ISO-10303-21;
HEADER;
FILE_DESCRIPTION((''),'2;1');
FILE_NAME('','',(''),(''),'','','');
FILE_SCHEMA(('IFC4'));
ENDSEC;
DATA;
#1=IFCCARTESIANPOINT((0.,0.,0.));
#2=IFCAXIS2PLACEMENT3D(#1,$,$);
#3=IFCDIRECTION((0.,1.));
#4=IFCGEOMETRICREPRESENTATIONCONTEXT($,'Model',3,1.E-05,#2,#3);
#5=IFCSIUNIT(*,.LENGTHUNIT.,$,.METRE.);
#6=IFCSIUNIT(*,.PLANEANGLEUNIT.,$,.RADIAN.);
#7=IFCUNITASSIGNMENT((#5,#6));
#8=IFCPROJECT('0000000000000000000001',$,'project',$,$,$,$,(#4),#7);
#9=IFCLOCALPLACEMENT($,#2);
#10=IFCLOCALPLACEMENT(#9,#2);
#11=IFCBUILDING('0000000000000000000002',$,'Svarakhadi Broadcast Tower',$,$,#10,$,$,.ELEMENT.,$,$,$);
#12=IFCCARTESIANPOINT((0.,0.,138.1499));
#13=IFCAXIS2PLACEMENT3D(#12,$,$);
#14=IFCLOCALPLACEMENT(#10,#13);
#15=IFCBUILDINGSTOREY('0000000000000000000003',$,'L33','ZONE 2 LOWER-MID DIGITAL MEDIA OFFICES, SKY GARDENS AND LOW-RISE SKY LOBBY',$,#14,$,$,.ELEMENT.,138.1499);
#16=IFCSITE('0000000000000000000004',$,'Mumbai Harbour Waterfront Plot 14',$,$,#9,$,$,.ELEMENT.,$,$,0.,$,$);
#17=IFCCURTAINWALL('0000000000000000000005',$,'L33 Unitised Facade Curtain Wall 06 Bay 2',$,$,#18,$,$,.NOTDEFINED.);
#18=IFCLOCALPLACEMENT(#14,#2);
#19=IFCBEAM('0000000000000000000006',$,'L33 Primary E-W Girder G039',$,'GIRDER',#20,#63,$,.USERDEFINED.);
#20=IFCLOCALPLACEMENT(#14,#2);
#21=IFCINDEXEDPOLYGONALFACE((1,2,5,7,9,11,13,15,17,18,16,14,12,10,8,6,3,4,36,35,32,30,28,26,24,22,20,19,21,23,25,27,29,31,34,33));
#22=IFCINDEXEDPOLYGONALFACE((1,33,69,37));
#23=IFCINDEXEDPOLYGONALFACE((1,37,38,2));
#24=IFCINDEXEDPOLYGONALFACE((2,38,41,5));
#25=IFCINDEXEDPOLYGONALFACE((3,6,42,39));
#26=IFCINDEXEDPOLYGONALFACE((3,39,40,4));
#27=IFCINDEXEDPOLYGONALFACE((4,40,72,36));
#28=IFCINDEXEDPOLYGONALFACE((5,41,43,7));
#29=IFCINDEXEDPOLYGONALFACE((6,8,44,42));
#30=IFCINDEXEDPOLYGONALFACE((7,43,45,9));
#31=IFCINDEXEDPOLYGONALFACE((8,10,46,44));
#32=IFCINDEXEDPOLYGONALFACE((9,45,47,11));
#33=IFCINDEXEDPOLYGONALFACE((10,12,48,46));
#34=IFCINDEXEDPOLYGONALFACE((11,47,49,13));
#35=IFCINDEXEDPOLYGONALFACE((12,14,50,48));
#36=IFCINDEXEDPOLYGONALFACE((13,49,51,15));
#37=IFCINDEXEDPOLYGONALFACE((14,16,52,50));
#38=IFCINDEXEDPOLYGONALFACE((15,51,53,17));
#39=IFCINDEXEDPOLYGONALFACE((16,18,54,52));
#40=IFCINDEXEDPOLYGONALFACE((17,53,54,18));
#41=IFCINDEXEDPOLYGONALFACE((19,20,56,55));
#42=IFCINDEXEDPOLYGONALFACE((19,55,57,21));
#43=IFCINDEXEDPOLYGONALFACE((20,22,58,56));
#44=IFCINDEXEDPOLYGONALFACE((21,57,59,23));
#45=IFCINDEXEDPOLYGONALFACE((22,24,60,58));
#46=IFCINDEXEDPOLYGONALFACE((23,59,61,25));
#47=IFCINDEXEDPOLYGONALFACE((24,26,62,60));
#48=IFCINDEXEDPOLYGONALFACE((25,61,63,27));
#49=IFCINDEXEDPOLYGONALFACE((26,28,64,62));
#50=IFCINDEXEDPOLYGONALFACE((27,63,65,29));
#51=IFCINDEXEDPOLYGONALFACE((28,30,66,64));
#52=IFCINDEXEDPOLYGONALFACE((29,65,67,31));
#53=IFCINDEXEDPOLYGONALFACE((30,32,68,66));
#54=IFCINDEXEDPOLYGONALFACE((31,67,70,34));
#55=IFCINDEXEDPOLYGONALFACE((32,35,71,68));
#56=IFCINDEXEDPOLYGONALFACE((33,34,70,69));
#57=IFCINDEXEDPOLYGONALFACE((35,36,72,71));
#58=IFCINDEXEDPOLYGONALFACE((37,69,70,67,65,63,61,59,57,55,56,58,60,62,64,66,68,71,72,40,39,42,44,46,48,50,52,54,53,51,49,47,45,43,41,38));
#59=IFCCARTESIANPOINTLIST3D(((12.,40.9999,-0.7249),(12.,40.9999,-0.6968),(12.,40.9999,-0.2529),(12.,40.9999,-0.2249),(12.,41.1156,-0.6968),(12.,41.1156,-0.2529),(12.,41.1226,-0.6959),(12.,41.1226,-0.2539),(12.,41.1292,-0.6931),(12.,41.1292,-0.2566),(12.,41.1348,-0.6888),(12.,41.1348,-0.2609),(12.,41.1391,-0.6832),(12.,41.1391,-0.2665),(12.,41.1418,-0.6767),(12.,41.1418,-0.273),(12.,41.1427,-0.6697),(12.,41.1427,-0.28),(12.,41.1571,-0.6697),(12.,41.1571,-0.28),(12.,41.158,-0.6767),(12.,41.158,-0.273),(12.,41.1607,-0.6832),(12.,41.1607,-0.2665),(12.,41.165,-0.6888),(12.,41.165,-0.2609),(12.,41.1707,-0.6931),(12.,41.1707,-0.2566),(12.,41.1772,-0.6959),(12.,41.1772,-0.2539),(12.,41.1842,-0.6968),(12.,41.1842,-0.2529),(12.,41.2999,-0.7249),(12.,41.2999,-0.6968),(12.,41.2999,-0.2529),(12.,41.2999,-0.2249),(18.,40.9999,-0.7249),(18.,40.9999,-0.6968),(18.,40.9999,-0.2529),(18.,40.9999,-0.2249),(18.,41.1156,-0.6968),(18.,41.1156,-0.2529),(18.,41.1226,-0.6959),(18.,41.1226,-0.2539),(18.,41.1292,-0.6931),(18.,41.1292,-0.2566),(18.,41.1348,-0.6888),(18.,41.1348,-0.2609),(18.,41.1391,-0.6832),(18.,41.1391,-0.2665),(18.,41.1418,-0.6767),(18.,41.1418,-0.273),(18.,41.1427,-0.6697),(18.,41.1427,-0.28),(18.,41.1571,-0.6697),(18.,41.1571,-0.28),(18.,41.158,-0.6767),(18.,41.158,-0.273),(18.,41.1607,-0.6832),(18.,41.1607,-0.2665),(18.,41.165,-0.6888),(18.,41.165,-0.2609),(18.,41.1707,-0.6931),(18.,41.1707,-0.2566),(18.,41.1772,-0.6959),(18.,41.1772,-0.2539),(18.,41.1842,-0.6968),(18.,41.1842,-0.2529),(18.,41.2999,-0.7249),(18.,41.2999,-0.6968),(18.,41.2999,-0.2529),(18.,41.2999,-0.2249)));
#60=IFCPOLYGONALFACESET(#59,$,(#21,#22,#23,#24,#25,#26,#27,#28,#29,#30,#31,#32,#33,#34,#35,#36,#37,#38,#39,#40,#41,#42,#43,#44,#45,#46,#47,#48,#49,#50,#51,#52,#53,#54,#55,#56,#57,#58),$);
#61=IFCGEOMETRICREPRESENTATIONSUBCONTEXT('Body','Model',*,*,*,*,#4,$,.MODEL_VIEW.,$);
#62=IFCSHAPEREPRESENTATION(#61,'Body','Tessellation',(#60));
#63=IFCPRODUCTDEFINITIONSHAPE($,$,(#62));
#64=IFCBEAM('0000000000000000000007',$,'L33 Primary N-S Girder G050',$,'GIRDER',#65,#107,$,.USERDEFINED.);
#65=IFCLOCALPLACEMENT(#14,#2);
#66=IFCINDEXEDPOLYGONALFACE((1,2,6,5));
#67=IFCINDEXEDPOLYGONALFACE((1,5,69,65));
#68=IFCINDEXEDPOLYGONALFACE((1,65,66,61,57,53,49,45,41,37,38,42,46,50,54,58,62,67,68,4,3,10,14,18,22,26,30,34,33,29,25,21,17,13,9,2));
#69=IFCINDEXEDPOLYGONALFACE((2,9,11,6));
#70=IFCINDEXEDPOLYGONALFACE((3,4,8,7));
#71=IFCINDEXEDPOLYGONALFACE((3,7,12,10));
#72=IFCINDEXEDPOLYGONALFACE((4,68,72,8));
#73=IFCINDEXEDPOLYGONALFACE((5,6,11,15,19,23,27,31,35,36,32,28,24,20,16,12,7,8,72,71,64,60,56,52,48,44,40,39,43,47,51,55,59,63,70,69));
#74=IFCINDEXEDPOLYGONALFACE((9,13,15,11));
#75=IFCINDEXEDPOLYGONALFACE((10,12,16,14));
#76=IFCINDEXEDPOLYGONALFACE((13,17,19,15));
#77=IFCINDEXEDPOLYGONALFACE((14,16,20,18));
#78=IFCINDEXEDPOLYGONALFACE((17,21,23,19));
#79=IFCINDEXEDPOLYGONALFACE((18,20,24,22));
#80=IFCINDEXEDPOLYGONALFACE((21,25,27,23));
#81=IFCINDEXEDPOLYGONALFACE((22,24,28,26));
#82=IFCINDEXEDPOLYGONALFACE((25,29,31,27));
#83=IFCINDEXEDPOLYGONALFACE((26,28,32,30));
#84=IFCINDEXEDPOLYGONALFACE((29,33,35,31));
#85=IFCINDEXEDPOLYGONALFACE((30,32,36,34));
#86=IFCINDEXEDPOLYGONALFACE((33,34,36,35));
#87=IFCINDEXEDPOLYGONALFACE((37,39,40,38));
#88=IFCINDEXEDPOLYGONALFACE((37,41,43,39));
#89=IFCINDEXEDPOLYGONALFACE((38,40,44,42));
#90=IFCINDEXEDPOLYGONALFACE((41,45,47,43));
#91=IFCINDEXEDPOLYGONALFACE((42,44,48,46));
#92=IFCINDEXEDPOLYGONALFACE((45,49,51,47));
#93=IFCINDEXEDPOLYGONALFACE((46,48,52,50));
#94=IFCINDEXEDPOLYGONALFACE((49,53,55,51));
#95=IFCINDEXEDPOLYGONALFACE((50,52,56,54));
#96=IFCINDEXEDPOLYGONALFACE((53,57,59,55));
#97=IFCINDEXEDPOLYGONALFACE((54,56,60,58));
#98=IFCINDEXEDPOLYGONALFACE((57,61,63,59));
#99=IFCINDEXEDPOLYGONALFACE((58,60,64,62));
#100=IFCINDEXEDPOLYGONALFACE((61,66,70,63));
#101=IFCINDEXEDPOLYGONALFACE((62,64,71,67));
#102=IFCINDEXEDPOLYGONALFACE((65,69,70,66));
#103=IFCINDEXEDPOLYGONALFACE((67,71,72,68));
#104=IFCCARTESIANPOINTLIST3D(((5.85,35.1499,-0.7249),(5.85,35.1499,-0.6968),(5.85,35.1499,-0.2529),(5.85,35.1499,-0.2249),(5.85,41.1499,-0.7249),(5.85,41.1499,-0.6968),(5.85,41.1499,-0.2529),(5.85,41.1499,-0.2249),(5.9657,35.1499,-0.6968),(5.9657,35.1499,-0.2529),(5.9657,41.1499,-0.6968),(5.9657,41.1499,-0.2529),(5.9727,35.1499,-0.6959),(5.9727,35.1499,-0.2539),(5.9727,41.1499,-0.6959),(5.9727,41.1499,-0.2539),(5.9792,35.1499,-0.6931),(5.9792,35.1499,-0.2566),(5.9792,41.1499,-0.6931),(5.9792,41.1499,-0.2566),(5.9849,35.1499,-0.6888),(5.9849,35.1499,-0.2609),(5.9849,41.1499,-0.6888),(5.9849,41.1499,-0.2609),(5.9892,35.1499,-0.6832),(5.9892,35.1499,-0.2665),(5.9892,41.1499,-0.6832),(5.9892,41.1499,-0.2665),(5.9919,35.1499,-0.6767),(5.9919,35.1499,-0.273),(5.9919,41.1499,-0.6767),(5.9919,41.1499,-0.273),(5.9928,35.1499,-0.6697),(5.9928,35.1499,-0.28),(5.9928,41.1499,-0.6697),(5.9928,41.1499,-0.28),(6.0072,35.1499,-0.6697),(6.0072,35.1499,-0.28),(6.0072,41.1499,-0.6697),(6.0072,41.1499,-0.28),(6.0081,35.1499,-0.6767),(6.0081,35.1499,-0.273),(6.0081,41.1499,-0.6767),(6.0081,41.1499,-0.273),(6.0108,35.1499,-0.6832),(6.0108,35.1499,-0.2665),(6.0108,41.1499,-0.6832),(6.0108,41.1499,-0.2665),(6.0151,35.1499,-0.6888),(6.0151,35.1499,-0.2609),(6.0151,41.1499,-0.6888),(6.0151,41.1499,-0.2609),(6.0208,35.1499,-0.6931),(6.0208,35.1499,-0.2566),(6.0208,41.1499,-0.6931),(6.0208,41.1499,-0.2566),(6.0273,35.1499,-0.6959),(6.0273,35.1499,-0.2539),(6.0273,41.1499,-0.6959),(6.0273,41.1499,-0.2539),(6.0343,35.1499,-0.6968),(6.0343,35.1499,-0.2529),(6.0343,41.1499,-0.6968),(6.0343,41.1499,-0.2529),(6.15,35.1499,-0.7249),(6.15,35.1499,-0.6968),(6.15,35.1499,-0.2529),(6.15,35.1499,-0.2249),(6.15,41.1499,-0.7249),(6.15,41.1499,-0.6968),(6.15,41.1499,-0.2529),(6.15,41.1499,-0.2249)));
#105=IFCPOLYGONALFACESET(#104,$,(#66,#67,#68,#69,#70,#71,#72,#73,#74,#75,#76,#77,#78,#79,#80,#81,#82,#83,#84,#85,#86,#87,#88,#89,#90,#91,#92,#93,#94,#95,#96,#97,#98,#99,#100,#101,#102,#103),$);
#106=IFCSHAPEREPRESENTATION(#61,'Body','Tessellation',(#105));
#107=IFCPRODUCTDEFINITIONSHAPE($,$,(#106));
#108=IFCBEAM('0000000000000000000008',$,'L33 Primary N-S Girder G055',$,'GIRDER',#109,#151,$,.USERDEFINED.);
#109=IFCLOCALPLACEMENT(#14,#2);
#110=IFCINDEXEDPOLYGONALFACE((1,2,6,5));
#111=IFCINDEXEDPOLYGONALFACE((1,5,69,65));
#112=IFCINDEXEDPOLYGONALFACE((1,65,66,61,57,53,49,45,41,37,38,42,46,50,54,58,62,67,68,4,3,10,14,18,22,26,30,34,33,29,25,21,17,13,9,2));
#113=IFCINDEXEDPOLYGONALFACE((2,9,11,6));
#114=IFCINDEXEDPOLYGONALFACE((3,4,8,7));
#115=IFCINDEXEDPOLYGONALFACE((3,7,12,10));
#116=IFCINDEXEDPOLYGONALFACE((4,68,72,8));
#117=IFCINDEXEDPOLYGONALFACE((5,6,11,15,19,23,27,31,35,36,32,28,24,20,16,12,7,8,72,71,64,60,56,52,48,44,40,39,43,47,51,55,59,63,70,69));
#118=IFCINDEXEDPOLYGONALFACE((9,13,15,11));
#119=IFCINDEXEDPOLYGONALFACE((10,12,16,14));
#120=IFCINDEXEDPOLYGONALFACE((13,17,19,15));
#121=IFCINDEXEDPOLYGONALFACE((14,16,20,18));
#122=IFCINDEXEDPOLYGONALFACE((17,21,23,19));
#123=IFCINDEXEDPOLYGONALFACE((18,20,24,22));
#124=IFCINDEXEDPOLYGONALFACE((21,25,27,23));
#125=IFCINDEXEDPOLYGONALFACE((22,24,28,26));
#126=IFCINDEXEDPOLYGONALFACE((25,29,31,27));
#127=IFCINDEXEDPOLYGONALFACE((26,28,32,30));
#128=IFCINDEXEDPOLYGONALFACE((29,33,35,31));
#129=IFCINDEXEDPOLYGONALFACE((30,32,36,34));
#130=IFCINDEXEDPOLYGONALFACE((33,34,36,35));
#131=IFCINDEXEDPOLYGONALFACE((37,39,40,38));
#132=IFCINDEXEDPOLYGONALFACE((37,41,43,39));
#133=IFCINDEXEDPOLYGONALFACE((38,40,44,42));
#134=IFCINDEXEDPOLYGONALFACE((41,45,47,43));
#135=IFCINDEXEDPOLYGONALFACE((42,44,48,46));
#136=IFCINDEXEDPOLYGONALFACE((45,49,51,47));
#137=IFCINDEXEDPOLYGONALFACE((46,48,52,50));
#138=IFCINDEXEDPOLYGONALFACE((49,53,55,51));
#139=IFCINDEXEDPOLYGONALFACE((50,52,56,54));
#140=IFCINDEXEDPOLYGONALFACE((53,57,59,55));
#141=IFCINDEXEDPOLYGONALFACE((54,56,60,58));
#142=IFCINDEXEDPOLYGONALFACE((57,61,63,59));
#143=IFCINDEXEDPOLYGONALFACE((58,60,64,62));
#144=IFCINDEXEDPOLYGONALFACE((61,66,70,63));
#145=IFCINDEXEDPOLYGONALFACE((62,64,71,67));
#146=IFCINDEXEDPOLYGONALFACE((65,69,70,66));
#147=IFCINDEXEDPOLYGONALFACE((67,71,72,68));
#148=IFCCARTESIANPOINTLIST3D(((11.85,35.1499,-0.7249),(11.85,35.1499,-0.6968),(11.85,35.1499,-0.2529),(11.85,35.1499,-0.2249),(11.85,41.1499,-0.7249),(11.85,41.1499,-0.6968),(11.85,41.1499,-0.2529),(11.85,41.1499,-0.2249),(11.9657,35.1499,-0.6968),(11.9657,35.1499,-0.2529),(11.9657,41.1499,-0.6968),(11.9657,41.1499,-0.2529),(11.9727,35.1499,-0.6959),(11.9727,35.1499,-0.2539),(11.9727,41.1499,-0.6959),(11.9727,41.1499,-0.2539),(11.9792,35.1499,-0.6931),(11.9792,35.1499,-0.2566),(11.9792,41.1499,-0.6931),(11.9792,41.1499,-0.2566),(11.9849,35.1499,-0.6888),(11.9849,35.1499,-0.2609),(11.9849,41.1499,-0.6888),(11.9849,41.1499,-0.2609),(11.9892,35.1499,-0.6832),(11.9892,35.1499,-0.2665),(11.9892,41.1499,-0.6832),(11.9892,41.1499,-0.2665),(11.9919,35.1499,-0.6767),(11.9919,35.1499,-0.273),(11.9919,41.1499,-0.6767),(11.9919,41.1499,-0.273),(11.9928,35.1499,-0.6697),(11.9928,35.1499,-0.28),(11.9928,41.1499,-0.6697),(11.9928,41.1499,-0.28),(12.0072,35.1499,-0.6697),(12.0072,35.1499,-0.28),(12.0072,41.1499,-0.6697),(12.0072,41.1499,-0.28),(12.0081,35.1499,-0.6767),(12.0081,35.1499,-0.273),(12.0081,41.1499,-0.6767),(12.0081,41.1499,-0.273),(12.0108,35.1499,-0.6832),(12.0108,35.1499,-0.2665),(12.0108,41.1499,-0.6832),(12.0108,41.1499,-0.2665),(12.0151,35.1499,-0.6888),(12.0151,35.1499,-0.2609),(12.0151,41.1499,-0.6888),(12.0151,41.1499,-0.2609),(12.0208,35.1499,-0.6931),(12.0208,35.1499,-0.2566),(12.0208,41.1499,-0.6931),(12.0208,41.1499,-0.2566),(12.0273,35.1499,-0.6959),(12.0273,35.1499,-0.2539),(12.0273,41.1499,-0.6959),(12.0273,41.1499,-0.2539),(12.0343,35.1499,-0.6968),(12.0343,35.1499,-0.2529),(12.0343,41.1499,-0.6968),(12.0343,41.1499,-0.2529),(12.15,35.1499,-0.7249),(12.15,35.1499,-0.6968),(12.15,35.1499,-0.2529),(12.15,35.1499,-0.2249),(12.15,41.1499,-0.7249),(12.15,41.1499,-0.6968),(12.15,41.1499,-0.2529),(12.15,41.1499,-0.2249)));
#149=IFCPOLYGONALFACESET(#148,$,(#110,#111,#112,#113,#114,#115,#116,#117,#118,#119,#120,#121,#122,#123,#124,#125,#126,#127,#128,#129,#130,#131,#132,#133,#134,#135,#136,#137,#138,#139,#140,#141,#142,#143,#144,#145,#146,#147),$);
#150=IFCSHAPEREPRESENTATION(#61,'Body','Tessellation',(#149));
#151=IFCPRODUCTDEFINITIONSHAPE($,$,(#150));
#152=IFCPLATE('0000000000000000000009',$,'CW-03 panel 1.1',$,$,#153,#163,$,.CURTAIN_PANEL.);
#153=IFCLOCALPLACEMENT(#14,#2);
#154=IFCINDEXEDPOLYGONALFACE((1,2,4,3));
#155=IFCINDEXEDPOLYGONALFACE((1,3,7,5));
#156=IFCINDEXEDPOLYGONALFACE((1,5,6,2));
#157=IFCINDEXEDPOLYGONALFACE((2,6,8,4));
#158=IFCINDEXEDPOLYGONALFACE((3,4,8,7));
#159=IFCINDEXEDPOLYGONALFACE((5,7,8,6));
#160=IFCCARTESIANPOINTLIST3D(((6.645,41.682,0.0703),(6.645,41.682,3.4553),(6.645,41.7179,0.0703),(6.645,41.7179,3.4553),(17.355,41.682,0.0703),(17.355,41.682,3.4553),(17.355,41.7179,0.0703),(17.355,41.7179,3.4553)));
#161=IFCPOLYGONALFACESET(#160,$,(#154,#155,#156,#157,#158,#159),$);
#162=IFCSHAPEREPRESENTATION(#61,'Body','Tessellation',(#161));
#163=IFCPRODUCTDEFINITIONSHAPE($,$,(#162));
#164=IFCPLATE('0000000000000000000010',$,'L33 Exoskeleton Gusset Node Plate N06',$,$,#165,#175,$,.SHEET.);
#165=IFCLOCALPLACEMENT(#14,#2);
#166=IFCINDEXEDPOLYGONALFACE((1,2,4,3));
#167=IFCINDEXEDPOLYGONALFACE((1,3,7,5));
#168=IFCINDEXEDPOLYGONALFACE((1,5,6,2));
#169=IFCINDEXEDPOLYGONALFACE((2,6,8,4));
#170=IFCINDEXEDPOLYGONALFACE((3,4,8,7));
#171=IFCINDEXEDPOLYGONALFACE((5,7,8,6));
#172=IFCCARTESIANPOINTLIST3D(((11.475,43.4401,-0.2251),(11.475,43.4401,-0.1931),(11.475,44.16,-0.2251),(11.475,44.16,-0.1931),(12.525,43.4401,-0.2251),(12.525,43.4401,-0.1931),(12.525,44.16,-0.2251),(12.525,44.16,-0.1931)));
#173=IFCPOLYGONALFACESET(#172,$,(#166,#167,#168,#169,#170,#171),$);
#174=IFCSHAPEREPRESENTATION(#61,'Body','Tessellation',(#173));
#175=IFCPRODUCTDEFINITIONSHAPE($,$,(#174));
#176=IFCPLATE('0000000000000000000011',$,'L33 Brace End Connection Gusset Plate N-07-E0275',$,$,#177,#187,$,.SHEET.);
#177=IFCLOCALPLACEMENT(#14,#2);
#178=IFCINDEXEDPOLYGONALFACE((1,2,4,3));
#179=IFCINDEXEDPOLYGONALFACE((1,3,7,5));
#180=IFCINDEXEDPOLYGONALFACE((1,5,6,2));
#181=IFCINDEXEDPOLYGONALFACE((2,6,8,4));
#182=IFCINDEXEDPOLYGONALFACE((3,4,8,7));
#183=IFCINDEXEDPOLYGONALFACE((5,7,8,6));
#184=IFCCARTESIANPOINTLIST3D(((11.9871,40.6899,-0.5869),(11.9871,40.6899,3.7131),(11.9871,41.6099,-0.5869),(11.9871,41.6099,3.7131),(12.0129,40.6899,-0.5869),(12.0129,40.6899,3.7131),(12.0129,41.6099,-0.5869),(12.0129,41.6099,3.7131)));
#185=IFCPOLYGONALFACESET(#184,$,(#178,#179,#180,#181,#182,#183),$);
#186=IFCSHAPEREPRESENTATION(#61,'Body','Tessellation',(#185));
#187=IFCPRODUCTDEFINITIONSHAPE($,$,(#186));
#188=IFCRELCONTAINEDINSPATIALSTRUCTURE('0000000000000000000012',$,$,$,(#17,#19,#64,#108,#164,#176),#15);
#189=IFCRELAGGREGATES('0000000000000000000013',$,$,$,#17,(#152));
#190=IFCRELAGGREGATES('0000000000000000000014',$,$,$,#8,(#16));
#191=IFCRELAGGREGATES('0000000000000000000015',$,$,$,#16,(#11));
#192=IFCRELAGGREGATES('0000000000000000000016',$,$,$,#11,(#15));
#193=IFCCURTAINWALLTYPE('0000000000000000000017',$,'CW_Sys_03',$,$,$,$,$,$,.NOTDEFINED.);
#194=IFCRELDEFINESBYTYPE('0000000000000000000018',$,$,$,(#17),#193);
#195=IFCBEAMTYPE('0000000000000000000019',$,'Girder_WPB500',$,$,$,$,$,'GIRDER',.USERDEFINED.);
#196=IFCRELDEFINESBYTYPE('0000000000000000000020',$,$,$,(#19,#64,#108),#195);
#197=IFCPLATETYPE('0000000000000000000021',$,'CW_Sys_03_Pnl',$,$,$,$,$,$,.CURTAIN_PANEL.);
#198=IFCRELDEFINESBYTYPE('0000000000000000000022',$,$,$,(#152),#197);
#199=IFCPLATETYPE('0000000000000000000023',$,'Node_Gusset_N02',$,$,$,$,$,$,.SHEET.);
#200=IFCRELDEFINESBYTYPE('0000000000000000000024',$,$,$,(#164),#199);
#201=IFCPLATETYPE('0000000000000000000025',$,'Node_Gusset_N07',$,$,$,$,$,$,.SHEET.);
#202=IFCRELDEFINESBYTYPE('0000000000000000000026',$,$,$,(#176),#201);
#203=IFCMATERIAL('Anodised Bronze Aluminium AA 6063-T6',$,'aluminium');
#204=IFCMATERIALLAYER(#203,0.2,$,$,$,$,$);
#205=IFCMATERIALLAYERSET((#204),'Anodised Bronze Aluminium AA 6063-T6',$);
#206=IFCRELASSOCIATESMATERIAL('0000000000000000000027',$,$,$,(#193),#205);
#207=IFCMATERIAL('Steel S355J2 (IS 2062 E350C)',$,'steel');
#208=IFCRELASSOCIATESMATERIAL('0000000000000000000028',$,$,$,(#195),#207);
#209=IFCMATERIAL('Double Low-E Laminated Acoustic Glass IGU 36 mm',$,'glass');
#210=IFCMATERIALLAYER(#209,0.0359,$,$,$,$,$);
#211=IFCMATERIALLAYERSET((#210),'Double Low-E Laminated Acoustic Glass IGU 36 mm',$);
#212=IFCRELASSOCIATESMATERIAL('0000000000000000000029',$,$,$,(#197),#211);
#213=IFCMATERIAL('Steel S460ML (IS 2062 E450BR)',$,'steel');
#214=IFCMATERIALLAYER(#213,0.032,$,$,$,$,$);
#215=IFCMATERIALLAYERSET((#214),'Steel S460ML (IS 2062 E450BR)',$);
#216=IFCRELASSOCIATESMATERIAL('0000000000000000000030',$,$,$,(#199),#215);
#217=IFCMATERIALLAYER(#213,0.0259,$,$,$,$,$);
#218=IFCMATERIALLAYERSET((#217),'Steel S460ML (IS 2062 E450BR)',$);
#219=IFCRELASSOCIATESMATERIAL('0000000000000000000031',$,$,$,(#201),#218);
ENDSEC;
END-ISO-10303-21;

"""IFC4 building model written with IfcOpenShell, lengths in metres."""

from ifc_helpers import new_model, si_unit, direction, frame, origin, origin_2d, place, context, subcontext, project, spatial, rectangle, i_section, extrude, material, layer, layer_set, material_profile, profile_set, type_object, element, aggregate, save


model = new_model("IFC4")

# Units and contexts
model_context = context("Model", 3, precision=1e-05, world=origin(), true_north=direction((0.0, 1.0)))
body_context = subcontext(model_context, "Body", "Model", "MODEL_VIEW")
ifc_project = project(units=[si_unit("LENGTHUNIT", "METRE"), si_unit("PLANEANGLEUNIT", "RADIAN")], contexts=[model_context])

# Site, building, storey
site_placement = place(None, origin())
site = spatial("IfcSite", under=ifc_project, at=site_placement, Name="Mumbai Harbour Waterfront Plot 14", CompositionType="ELEMENT", RefElevation=0.0)
building_placement = place(site_placement, origin())
building = spatial("IfcBuilding", under=site, at=building_placement, Name="Svarakhadi Broadcast Tower", CompositionType="ELEMENT")
storey_placement = place(building_placement, frame((0.0, 0.0, 138.1499)))
storey = spatial("IfcBuildingStorey", under=building, at=storey_placement, Name="L33", Description="ZONE 2 LOWER-MID DIGITAL MEDIA OFFICES, SKY GARDENS AND LOW-RISE SKY LOBBY", CompositionType="ELEMENT", Elevation=138.1499)

# Shared definitions
ifc_material_1 = material(Name="Steel S460ML (IS 2062 E450BR)", Category="steel")

# Shared definitions
ifc_material_2 = material(Name="Steel S355J2 (IS 2062 E350C)", Category="steel")

# Curtain wall
ifc_material_3 = material(Name="Anodised Bronze Aluminium AA 6063-T6", Category="aluminium")
ifc_layer_1 = layer(ifc_material_3, 0.2)
ifc_layer_set_1 = layer_set([ifc_layer_1], Name="Anodised Bronze Aluminium AA 6063-T6")
curtain_wall_type = type_object("IfcCurtainWallType", Name="CW_Sys_03", PredefinedType="NOTDEFINED", material=ifc_layer_set_1)
curtain_wall_placement = place(storey_placement, origin())
curtain_wall = element("IfcCurtainWall", 1, at=curtain_wall_placement, inside=storey, type_object=curtain_wall_type, Name="L33 Unitised Facade Curtain Wall 06 Bay 2", PredefinedType="NOTDEFINED")

# Beams
ifc_material_profile_1 = material_profile(ifc_material_2, i_section(OverallWidth=0.3, OverallDepth=0.5, WebThickness=0.0144, FlangeThickness=0.0281, FilletRadius=0.0271, at=origin_2d()), Name="WPB 500x300x187")
ifc_profile_set_1 = profile_set([ifc_material_profile_1], Name="Steel S355J2 (IS 2062 E350C)")
beam_type_1 = type_object("IfcBeamType", Name="Girder_WPB500", ElementType="GIRDER", PredefinedType="USERDEFINED", material=ifc_profile_set_1)
for number, where, z_axis, x_axis, name in (
    (2, (12.0, 41.1499, -0.4749), (1.0, 0.0, 0.0), (0.0, 1.0, 0.0), "L33 Primary E-W Girder G039"),
    (3, (6.0, 35.1499, -0.4749), (0.0, 1.0, 0.0), (-1.0, 0.0, 0.0), "L33 Primary N-S Girder G050"),
    (4, (12.0, 35.1499, -0.4749), (0.0, 1.0, 0.0), (-1.0, 0.0, 0.0), "L33 Primary N-S Girder G055"),
):
    element("IfcBeam", number, at=place(storey_placement, frame(where, z_axis=z_axis, x_axis=x_axis)), inside=storey, type_object=beam_type_1, Name=name, ObjectType="GIRDER", PredefinedType="USERDEFINED", context=body_context, shape_type="SweptSolid", body=[
        extrude(i_section(OverallWidth=0.3, OverallDepth=0.5, WebThickness=0.0144, FlangeThickness=0.0281, FilletRadius=0.0271, at=origin_2d()), origin(), (0.0, 0.0, 1.0), 6.0),
    ])

# Plate
ifc_material_4 = material(Name="Double Low-E Laminated Acoustic Glass IGU 36 mm", Category="glass")
ifc_layer_2 = layer(ifc_material_4, 0.0359)
ifc_layer_set_2 = layer_set([ifc_layer_2], Name="Double Low-E Laminated Acoustic Glass IGU 36 mm")
plate_type_1 = type_object("IfcPlateType", Name="CW_Sys_03_Pnl", PredefinedType="CURTAIN_PANEL", material=ifc_layer_set_2)
plate_1_placement = place(storey_placement, frame((12.0, 41.7, 0.0703), z_axis=(0.0, 0.0, 1.0), x_axis=(1.0, 0.0, 0.0)))
plate_1 = element("IfcPlate", 5, at=plate_1_placement, type_object=plate_type_1, Name="CW-03 panel 1.1", PredefinedType="CURTAIN_PANEL", context=body_context, shape_type="SweptSolid", body=[
    extrude(rectangle(XDim=10.71, YDim=0.0359, at=origin_2d()), origin(), (0.0, 0.0, 1.0), 3.385),
])
aggregate(curtain_wall, [plate_1])

# Plates
ifc_layer_3 = layer(ifc_material_1, 0.032)
ifc_layer_set_3 = layer_set([ifc_layer_3], Name="Steel S460ML (IS 2062 E450BR)")
plate_type_2 = type_object("IfcPlateType", Name="Node_Gusset_N02", PredefinedType="SHEET", material=ifc_layer_set_3)
plate_2_placement = place(storey_placement, frame((12.0, 43.8, -0.2251), z_axis=(0.0, 0.0, 1.0), x_axis=(1.0, 0.0, 0.0)))
element("IfcPlate", 6, at=plate_2_placement, inside=storey, type_object=plate_type_2, Name="L33 Exoskeleton Gusset Node Plate N06", PredefinedType="SHEET", context=body_context, shape_type="SweptSolid", body=[
    extrude(rectangle(XDim=1.05, YDim=0.72, at=origin_2d()), origin(), (0.0, 0.0, 1.0), 0.032),
])
ifc_layer_4 = layer(ifc_material_1, 0.0259)
ifc_layer_set_4 = layer_set([ifc_layer_4], Name="Steel S460ML (IS 2062 E450BR)")
plate_type_3 = type_object("IfcPlateType", Name="Node_Gusset_N07", PredefinedType="SHEET", material=ifc_layer_set_4)
plate_3_placement = place(storey_placement, frame((12.0, 41.1499, -0.5869), z_axis=(0.0, 0.0, 1.0), x_axis=(0.0, 1.0, 0.0)))
element("IfcPlate", 7, at=plate_3_placement, inside=storey, type_object=plate_type_3, Name="L33 Brace End Connection Gusset Plate N-07-E0275", PredefinedType="SHEET", context=body_context, shape_type="SweptSolid", body=[
    extrude(rectangle(XDim=0.9199, YDim=0.0259, at=origin_2d()), origin(), (0.0, 0.0, 1.0), 4.3),
])

save(model, "model.ifc")
